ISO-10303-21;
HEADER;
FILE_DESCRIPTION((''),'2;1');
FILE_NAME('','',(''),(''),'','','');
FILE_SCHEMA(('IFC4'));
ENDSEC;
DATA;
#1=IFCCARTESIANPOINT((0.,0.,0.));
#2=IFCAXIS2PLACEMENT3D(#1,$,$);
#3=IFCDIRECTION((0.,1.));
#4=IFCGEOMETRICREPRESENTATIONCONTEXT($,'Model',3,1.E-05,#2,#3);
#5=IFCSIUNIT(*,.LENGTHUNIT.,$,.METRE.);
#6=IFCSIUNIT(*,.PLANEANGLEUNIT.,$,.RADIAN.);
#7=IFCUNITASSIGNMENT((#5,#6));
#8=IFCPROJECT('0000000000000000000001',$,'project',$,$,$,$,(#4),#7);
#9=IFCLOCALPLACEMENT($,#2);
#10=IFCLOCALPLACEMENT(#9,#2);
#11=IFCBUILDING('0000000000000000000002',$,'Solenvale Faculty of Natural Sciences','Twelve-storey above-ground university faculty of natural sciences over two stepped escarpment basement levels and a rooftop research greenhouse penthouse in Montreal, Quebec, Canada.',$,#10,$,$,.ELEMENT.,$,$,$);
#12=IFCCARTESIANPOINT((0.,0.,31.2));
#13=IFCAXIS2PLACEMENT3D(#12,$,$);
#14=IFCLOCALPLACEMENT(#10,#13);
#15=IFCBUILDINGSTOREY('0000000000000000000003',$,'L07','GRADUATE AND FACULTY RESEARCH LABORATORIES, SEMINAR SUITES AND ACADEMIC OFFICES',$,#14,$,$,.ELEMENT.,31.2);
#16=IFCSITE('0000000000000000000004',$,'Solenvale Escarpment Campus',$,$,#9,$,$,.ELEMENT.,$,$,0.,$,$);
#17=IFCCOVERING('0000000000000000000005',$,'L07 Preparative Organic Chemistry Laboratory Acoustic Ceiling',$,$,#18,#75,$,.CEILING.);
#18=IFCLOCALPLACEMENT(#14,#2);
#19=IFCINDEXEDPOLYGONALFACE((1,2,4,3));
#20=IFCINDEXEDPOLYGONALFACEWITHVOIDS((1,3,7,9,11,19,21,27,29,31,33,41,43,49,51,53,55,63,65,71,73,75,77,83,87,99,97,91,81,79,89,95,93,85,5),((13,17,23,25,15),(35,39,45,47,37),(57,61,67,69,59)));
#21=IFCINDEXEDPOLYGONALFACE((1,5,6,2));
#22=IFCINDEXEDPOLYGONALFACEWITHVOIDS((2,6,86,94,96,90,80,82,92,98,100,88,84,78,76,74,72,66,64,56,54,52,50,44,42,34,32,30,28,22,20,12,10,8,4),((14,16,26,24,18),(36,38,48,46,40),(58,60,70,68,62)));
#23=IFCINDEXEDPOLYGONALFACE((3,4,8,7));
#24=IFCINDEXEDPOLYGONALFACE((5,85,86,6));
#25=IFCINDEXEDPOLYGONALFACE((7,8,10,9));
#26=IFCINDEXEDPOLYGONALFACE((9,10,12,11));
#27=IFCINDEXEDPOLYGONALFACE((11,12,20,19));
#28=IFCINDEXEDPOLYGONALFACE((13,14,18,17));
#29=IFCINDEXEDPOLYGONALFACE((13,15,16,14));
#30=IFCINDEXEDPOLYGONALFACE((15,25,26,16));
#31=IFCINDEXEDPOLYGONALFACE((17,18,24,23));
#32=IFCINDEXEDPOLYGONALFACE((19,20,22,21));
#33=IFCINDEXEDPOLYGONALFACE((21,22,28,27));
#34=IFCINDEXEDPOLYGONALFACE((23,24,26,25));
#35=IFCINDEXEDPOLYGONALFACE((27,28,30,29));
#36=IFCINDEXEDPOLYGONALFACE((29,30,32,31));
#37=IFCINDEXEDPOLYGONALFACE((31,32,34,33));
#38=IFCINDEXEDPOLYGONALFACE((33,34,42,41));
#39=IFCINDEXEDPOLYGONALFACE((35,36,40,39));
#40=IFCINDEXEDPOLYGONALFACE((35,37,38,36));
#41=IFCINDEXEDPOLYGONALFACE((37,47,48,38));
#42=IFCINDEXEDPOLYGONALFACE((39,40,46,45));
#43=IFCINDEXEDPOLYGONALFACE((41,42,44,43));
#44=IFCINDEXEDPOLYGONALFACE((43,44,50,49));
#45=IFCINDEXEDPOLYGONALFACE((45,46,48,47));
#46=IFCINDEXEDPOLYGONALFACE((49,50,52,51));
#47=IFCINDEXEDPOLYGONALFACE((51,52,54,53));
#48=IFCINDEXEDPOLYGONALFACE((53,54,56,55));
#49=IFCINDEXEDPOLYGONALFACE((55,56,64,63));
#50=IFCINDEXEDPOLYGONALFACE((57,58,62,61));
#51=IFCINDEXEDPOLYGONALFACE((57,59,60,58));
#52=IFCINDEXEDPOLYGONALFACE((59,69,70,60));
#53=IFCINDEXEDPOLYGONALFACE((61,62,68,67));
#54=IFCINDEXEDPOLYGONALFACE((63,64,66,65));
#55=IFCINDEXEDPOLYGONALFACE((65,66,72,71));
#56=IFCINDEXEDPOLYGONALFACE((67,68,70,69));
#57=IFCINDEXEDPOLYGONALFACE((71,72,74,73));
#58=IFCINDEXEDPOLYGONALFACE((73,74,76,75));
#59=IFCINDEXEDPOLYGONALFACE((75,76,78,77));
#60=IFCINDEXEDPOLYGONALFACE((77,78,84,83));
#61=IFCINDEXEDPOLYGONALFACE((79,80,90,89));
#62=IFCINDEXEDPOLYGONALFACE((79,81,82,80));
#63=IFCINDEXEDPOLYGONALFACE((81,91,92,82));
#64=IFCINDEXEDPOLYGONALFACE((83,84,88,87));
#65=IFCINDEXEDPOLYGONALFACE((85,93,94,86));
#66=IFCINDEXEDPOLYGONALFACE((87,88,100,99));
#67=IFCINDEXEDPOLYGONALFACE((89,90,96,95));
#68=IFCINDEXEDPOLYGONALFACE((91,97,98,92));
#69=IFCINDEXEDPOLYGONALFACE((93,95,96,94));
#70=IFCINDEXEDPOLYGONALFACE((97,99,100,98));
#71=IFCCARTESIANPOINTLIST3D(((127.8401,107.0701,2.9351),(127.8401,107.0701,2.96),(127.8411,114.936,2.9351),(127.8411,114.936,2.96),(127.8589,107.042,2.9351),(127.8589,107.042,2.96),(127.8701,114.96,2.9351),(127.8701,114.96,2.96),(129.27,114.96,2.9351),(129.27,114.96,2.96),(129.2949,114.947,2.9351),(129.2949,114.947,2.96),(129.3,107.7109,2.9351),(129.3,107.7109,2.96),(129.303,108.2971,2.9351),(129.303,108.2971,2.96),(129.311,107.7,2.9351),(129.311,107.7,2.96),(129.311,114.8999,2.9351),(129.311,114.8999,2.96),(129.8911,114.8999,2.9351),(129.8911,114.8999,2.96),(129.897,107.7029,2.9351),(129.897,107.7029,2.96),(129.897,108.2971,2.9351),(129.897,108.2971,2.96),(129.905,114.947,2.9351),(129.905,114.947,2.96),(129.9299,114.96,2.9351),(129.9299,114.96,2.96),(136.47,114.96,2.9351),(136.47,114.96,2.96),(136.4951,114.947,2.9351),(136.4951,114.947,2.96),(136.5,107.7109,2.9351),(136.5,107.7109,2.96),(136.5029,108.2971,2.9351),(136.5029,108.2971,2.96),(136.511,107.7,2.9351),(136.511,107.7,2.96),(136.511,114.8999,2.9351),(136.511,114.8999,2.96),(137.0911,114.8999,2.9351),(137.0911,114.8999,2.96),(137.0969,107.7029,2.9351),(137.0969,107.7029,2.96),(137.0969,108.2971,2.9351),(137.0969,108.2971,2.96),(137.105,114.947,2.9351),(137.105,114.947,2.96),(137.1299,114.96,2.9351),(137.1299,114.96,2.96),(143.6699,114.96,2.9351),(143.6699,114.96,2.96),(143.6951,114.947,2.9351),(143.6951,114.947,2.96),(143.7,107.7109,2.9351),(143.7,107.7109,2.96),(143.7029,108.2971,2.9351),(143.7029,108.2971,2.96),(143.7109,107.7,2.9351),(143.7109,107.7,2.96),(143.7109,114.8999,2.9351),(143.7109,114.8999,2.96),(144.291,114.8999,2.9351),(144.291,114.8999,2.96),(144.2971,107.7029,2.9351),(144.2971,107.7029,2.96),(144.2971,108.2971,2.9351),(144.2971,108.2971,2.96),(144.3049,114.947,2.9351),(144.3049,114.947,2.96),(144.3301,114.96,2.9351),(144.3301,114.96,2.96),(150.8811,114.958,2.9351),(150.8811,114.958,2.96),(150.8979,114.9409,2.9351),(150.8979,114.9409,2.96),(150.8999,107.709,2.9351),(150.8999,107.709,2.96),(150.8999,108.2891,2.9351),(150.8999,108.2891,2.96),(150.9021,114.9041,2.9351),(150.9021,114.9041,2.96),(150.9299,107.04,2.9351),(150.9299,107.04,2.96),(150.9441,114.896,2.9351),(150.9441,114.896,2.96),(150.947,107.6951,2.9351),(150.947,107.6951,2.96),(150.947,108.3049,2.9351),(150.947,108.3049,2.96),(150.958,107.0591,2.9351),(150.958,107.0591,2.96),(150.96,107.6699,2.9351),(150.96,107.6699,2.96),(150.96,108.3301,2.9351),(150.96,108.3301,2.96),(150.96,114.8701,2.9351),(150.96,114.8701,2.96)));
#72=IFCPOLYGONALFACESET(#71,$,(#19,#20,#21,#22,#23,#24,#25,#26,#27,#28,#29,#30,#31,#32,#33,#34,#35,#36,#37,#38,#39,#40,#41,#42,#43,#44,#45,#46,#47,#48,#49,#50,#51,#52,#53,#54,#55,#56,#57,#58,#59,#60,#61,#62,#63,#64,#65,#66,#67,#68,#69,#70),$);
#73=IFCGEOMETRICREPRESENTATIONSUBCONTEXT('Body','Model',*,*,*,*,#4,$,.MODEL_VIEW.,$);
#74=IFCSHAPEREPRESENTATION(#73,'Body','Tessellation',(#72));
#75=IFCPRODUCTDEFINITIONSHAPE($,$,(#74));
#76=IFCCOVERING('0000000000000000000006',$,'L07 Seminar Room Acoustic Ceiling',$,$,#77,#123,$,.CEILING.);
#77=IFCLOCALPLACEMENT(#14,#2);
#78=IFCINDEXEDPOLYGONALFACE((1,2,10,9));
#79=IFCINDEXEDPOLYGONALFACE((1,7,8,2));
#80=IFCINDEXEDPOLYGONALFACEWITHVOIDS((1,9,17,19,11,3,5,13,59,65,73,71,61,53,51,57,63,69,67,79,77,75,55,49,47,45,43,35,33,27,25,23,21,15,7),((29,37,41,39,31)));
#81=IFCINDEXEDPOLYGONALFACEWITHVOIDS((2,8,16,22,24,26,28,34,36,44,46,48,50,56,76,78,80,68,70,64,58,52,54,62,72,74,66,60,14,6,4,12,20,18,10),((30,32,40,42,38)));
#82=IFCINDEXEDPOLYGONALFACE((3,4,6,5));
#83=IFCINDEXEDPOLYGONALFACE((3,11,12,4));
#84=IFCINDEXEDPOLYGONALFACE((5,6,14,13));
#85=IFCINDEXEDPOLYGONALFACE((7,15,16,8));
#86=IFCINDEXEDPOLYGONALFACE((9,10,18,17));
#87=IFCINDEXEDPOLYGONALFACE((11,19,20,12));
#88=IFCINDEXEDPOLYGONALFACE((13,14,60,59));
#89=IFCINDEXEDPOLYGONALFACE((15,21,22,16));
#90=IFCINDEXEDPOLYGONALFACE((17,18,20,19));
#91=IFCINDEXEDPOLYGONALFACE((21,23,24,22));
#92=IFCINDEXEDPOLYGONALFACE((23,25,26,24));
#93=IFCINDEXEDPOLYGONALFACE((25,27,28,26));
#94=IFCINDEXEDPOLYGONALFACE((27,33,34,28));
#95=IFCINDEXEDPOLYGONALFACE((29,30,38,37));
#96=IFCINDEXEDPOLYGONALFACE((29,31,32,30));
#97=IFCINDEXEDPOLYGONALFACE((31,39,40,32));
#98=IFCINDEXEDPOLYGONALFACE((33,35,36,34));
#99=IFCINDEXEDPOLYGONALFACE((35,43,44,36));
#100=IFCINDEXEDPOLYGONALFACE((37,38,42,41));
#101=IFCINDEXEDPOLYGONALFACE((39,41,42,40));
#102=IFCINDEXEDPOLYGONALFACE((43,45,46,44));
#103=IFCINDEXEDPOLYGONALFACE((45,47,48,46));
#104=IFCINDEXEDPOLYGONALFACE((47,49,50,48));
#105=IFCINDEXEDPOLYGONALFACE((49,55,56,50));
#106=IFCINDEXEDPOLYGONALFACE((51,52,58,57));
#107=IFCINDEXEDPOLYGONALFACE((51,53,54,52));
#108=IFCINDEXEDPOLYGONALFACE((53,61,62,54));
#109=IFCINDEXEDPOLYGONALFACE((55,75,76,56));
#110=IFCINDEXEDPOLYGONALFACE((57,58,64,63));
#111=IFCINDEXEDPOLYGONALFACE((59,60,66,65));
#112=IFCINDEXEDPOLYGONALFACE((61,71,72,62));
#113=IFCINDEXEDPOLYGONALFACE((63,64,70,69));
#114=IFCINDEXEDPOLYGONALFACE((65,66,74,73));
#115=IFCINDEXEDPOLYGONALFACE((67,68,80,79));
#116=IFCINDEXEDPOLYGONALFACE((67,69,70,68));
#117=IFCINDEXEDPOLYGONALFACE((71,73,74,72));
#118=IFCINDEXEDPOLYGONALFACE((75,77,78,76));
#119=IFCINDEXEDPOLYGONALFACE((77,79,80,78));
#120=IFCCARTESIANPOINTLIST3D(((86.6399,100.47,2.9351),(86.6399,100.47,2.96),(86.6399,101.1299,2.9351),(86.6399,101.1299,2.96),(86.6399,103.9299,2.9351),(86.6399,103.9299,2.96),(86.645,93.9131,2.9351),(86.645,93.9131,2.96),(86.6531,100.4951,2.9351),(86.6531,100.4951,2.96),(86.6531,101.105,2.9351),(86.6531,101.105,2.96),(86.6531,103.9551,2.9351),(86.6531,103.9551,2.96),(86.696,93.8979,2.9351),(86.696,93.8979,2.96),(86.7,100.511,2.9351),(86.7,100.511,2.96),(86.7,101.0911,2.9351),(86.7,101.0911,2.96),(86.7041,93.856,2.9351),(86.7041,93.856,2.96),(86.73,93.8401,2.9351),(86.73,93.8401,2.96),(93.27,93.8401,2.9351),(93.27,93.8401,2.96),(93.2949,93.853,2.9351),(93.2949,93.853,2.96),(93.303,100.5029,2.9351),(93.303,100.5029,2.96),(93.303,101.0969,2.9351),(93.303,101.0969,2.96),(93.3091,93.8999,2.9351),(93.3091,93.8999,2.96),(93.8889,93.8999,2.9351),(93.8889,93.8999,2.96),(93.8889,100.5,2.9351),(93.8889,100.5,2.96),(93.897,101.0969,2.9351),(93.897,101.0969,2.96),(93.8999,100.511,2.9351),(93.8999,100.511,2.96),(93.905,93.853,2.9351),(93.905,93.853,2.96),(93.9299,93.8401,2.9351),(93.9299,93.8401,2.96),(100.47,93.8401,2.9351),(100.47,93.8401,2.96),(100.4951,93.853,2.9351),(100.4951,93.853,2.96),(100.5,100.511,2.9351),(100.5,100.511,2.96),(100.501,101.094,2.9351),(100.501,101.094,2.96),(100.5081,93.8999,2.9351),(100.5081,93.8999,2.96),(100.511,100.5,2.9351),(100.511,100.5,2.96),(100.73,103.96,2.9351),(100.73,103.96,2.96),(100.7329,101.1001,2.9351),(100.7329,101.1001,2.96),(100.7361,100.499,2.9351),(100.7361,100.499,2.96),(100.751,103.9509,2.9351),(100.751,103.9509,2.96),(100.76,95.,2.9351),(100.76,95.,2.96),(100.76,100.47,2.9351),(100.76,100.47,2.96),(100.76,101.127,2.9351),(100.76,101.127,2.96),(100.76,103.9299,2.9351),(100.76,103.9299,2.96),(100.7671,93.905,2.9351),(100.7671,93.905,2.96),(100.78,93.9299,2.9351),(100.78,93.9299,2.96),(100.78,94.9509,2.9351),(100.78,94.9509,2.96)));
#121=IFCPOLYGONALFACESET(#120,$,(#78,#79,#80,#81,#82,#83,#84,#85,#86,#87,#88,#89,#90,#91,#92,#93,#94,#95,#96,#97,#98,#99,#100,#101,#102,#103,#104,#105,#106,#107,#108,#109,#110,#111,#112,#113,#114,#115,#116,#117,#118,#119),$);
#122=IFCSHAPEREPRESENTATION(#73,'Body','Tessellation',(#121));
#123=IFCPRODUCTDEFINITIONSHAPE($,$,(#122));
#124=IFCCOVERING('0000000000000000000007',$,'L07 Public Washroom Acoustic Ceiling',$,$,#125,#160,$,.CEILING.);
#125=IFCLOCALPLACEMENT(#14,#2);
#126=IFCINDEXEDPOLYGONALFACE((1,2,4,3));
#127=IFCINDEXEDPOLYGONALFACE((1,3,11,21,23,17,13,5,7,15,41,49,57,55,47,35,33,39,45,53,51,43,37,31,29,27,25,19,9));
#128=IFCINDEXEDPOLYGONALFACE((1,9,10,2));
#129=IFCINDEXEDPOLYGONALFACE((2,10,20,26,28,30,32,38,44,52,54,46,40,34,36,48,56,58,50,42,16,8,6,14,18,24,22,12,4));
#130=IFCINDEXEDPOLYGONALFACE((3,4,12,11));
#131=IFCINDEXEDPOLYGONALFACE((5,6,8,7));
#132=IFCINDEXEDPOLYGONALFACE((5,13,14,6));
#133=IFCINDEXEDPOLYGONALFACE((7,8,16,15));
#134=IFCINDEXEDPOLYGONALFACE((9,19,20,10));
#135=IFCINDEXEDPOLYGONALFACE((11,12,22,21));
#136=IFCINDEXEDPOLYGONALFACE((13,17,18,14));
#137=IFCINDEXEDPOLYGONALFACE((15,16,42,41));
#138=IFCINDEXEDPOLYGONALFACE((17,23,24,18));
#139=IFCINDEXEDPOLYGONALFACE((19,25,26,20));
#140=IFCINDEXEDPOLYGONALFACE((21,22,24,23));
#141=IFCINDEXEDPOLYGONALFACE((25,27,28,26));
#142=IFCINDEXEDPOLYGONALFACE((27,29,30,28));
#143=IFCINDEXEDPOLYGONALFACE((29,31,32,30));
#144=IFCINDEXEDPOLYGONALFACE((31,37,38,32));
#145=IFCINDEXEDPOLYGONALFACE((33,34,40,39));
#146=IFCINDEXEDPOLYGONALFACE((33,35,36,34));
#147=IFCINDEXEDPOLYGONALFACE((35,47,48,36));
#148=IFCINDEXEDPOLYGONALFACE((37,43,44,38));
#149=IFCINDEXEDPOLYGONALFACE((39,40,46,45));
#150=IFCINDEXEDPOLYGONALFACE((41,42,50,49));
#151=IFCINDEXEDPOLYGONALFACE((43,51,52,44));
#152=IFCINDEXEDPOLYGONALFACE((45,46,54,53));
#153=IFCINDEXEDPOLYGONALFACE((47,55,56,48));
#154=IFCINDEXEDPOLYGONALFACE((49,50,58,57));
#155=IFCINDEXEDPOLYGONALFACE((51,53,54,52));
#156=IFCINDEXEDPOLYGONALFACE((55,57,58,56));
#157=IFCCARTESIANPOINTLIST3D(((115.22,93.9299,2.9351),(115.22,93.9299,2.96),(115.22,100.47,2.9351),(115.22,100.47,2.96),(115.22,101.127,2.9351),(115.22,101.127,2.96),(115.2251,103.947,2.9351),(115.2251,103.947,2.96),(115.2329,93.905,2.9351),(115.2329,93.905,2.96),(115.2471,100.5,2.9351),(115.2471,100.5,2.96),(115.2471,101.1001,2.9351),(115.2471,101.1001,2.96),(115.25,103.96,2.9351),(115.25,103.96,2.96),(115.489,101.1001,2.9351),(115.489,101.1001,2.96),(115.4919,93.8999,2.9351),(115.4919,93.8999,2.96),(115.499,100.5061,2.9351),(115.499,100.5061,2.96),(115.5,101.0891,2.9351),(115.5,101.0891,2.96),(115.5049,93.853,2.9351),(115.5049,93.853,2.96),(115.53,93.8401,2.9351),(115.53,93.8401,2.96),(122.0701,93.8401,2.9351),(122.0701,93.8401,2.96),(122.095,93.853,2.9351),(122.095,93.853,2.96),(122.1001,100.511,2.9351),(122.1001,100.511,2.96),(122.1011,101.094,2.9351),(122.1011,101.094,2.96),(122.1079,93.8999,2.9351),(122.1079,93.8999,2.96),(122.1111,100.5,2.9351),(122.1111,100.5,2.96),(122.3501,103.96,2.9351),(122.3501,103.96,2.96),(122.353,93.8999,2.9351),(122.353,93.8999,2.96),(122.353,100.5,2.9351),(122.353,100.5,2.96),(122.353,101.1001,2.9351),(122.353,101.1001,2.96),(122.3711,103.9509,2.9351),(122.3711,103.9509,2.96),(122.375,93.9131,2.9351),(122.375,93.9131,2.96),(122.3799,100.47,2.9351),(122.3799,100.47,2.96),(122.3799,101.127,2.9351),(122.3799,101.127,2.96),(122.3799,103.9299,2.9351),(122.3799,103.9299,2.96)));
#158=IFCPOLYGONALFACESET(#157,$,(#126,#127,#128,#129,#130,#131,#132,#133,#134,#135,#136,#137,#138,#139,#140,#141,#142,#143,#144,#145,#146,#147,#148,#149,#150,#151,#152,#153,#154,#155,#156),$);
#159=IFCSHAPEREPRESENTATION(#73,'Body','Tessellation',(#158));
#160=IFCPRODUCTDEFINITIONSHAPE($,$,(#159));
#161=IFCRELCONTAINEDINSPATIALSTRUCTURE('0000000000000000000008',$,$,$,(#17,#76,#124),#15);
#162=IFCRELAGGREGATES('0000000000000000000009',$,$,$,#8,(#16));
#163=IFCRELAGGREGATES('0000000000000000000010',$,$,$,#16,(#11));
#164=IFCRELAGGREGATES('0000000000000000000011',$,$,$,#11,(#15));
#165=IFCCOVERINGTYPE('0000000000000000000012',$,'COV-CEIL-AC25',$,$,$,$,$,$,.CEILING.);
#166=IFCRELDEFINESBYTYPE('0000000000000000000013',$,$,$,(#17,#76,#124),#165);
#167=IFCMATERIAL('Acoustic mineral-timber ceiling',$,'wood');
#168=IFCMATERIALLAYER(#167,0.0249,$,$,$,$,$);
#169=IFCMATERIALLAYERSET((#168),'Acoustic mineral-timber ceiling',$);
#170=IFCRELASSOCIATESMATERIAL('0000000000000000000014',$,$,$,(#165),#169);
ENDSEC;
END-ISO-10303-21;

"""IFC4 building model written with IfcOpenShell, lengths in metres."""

from ifc_helpers import new_model, si_unit, direction, frame, origin, place, context, subcontext, project, spatial, polyline, outline, extrude, material, layer, layer_set, type_object, element, save


model = new_model("IFC4")

# Units and contexts
model_context = context("Model", 3, precision=1e-05, world=origin(), true_north=direction((0.0, 1.0)))
body_context = subcontext(model_context, "Body", "Model", "MODEL_VIEW")
ifc_project = project(units=[si_unit("LENGTHUNIT", "METRE"), si_unit("PLANEANGLEUNIT", "RADIAN")], contexts=[model_context])

# Site, building, storey
site_placement = place(None, origin())
site = spatial("IfcSite", under=ifc_project, at=site_placement, Name="Solenvale Escarpment Campus", CompositionType="ELEMENT", RefElevation=0.0)
building_placement = place(site_placement, origin())
building = spatial("IfcBuilding", under=site, at=building_placement, Name="Solenvale Faculty of Natural Sciences", Description="Twelve-storey above-ground university faculty of natural sciences over two stepped escarpment basement levels and a rooftop research greenhouse penthouse in Montreal, Quebec, Canada.", CompositionType="ELEMENT")
storey_placement = place(building_placement, frame((0.0, 0.0, 31.2)))
storey = spatial("IfcBuildingStorey", under=building, at=storey_placement, Name="L07", Description="GRADUATE AND FACULTY RESEARCH LABORATORIES, SEMINAR SUITES AND ACADEMIC OFFICES", CompositionType="ELEMENT", Elevation=31.2)

# Coverings
ifc_material_1 = material(Name="Acoustic mineral-timber ceiling", Category="wood")
ifc_layer_1 = layer(ifc_material_1, 0.0249)
ifc_layer_set_1 = layer_set([ifc_layer_1], Name="Acoustic mineral-timber ceiling")
covering_type_1 = type_object("IfcCoveringType", Name="COV-CEIL-AC25", PredefinedType="CEILING", material=ifc_layer_set_1)
covering_1_placement = place(storey_placement, frame((0.0, 0.0, 2.9351)))
element("IfcCovering", 1, at=covering_1_placement, inside=storey, type_object=covering_type_1, Name="L07 Preparative Organic Chemistry Laboratory Acoustic Ceiling", PredefinedType="CEILING", context=body_context, shape_type="SweptSolid", body=[
    extrude(outline(polyline([(129.27, 114.96), (129.2949, 114.947), (129.311, 114.8999), (129.8911, 114.8999), (129.905, 114.947), (129.9299, 114.96), (136.47, 114.96), (136.4951, 114.947), (136.511, 114.8999), (137.0911, 114.8999), (137.105, 114.947), (137.1299, 114.96), (143.6699, 114.96), (143.6951, 114.947), (143.7109, 114.8999), (144.291, 114.8999), (144.3049, 114.947), (144.3301, 114.96), (150.8811, 114.958), (150.8979, 114.9409), (150.9021, 114.9041), (150.9441, 114.896), (150.96, 114.8701), (150.96, 108.3301), (150.947, 108.3049), (150.8999, 108.2891), (150.8999, 107.709), (150.947, 107.6951), (150.96, 107.6699), (150.958, 107.0591), (150.9299, 107.04), (127.8589, 107.042), (127.8401, 107.0701), (127.8411, 114.936), (127.8701, 114.96), (129.27, 114.96)]), holes=[polyline([(143.7, 107.7109), (143.7109, 107.7), (144.2971, 107.7029), (144.2971, 108.2971), (143.7029, 108.2971), (143.7, 107.7109)]), polyline([(136.5, 107.7109), (136.511, 107.7), (137.0969, 107.7029), (137.0969, 108.2971), (136.5029, 108.2971), (136.5, 107.7109)]), polyline([(129.3, 107.7109), (129.311, 107.7), (129.897, 107.7029), (129.897, 108.2971), (129.303, 108.2971), (129.3, 107.7109)])]), origin(), (0.0, 0.0, 1.0), 0.0249),
])
covering_2_placement = place(storey_placement, frame((0.0, 0.0, 2.9351)))
element("IfcCovering", 2, at=covering_2_placement, inside=storey, type_object=covering_type_1, Name="L07 Seminar Room Acoustic Ceiling", PredefinedType="CEILING", context=body_context, shape_type="SweptSolid", body=[
    extrude(outline(polyline([(100.73, 103.96), (100.751, 103.9509), (100.76, 103.9299), (100.76, 101.127), (100.7329, 101.1001), (100.501, 101.094), (100.5, 100.511), (100.511, 100.5), (100.7361, 100.499), (100.76, 100.47), (100.76, 95.0), (100.78, 94.9509), (100.78, 93.9299), (100.7671, 93.905), (100.5081, 93.8999), (100.4951, 93.853), (100.47, 93.8401), (93.9299, 93.8401), (93.905, 93.853), (93.8889, 93.8999), (93.3091, 93.8999), (93.2949, 93.853), (93.27, 93.8401), (86.73, 93.8401), (86.7041, 93.856), (86.696, 93.8979), (86.645, 93.9131), (86.6399, 100.47), (86.6531, 100.4951), (86.7, 100.511), (86.7, 101.0911), (86.6531, 101.105), (86.6399, 101.1299), (86.6399, 103.9299), (86.6531, 103.9551), (100.73, 103.96)]), holes=[polyline([(93.8889, 100.5), (93.8999, 100.511), (93.897, 101.0969), (93.303, 101.0969), (93.303, 100.5029), (93.8889, 100.5)])]), origin(), (0.0, 0.0, 1.0), 0.0249),
])
covering_3_placement = place(storey_placement, frame((0.0, 0.0, 2.9351)))
element("IfcCovering", 3, at=covering_3_placement, inside=storey, type_object=covering_type_1, Name="L07 Public Washroom Acoustic Ceiling", PredefinedType="CEILING", context=body_context, shape_type="SweptSolid", body=[
    extrude(outline(polyline([(122.3501, 103.96), (122.3711, 103.9509), (122.3799, 103.9299), (122.3799, 101.127), (122.353, 101.1001), (122.1011, 101.094), (122.1001, 100.511), (122.1111, 100.5), (122.353, 100.5), (122.3799, 100.47), (122.375, 93.9131), (122.353, 93.8999), (122.1079, 93.8999), (122.095, 93.853), (122.0701, 93.8401), (115.53, 93.8401), (115.5049, 93.853), (115.4919, 93.8999), (115.2329, 93.905), (115.22, 93.9299), (115.22, 100.47), (115.2471, 100.5), (115.499, 100.5061), (115.5, 101.0891), (115.489, 101.1001), (115.2471, 101.1001), (115.22, 101.127), (115.2251, 103.947), (115.25, 103.96), (122.3501, 103.96)])), origin(), (0.0, 0.0, 1.0), 0.0249),
])

save(model, "model.ifc")
